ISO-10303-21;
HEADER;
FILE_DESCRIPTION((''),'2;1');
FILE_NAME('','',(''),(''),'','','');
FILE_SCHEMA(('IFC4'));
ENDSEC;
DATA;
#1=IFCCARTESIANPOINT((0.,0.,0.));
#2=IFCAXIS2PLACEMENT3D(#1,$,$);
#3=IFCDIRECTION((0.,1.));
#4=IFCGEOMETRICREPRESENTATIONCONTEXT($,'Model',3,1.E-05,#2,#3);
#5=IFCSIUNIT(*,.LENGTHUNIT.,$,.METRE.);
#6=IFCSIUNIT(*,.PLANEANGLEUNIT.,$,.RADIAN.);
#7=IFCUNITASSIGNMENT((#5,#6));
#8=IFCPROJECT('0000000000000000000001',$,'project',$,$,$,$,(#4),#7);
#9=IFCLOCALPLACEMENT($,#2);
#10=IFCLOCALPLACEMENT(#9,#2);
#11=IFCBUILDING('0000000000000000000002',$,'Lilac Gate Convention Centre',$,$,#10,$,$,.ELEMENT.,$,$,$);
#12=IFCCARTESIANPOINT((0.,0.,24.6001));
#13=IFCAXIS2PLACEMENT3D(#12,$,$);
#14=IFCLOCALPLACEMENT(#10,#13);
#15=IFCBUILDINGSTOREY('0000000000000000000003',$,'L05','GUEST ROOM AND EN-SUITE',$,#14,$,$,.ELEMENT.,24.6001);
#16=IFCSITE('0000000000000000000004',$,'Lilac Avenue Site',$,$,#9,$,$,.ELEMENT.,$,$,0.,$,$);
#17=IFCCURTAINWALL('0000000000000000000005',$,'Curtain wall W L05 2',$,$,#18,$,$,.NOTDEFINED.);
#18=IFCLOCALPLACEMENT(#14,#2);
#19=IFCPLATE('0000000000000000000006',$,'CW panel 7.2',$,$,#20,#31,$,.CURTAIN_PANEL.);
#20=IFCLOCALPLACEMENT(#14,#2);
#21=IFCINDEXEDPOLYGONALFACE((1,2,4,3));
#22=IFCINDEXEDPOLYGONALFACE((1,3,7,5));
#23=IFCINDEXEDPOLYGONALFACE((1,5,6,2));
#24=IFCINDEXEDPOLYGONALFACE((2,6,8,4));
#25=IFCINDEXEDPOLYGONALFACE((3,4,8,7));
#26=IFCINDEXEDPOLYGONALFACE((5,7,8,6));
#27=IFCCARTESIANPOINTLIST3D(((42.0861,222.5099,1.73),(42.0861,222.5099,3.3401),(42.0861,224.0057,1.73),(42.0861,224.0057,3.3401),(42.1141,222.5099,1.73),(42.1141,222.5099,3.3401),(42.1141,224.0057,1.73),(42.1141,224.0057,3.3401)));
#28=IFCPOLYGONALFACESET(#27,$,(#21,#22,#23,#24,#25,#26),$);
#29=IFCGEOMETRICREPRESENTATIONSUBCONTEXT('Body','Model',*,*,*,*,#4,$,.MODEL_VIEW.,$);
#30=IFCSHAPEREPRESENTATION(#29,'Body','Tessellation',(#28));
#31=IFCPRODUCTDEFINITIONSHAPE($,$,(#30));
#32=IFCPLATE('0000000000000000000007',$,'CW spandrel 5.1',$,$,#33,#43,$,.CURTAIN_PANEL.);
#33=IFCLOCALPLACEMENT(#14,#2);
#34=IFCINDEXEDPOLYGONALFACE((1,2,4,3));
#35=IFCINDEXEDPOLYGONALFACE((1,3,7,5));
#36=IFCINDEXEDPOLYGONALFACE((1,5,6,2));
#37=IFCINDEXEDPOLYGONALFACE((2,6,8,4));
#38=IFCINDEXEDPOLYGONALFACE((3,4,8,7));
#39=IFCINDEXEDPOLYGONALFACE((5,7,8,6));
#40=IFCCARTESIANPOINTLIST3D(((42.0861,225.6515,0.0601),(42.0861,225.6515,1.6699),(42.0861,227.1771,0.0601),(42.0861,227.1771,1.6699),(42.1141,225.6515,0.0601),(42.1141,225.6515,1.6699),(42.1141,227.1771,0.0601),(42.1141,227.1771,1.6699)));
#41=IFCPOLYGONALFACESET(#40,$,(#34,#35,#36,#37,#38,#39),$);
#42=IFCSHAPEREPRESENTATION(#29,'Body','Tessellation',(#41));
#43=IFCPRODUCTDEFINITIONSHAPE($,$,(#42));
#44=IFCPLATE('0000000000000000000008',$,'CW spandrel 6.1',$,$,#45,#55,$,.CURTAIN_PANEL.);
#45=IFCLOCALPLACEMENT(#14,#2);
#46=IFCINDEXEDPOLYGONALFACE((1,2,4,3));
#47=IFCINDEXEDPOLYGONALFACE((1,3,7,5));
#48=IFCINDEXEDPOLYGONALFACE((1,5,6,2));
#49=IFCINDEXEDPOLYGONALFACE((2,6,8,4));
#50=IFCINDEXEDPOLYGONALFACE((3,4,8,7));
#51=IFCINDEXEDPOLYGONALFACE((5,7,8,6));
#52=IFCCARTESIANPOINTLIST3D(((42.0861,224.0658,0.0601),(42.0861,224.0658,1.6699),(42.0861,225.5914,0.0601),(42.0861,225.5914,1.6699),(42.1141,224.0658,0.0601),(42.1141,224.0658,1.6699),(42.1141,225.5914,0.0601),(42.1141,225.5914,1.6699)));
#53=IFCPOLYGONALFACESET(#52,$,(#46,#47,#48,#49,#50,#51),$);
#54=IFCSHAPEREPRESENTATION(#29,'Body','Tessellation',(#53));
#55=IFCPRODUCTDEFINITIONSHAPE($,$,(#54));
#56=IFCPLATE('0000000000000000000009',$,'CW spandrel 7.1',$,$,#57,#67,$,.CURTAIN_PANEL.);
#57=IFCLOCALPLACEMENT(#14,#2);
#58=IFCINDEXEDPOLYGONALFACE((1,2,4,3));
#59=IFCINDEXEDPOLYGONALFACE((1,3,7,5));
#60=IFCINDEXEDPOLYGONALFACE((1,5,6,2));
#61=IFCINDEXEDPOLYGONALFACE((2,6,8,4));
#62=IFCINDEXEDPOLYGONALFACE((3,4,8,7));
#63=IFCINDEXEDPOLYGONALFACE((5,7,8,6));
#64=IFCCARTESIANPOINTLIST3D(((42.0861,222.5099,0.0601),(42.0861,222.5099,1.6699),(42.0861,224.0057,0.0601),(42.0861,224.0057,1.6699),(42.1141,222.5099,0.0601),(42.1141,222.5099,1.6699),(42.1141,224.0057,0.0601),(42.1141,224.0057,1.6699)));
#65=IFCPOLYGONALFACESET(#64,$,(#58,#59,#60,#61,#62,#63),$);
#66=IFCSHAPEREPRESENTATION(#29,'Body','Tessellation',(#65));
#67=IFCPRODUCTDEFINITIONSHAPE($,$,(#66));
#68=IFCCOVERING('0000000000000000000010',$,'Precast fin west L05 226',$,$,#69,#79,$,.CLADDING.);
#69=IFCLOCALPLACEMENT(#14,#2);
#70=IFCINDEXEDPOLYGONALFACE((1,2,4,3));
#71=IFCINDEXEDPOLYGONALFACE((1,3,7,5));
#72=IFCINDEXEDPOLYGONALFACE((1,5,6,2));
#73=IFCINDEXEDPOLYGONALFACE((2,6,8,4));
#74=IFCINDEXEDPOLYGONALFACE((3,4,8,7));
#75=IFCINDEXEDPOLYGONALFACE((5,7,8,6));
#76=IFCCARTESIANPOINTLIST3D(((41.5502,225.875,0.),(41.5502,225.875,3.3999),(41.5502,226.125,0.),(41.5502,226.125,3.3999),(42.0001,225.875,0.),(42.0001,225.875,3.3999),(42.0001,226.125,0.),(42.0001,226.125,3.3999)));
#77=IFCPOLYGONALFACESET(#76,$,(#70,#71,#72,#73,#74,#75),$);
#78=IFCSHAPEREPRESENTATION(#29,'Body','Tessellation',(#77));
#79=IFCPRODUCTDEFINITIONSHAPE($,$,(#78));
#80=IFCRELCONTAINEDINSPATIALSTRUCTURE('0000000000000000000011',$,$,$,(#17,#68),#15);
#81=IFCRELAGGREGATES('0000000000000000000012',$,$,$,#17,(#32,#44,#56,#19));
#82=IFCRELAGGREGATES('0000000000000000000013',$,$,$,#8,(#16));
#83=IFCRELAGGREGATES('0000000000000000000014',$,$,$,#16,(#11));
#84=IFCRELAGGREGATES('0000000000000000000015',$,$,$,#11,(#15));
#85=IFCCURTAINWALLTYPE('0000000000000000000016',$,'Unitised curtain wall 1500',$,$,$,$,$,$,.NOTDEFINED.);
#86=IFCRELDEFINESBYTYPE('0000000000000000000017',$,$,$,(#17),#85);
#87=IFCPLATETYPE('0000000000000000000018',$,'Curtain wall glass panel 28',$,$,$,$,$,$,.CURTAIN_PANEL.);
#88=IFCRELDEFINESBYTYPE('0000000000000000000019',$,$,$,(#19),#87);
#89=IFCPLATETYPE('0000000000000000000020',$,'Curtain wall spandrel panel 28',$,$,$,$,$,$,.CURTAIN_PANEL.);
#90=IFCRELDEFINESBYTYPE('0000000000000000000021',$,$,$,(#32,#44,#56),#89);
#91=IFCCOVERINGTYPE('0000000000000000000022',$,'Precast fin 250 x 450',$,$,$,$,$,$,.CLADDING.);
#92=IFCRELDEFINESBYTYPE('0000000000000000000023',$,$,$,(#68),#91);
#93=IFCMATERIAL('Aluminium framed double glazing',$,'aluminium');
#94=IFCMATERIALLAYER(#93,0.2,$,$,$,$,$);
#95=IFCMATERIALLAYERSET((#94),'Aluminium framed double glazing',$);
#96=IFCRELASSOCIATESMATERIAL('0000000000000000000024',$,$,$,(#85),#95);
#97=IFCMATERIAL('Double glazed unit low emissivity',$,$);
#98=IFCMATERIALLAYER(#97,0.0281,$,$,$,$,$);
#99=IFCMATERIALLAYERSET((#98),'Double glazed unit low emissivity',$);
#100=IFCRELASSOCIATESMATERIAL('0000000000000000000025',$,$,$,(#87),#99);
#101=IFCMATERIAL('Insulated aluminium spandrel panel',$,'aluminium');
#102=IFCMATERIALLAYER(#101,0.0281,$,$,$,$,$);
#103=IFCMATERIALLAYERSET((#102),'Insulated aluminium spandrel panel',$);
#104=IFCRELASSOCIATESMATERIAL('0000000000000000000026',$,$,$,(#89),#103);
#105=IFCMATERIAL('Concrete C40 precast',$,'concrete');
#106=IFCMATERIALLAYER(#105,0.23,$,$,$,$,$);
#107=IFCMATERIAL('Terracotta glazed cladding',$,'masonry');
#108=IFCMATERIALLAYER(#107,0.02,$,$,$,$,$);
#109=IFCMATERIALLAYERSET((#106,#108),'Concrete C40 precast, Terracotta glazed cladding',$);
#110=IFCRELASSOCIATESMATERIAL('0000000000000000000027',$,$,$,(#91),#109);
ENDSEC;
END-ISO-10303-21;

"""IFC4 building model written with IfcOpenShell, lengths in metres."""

from ifc_helpers import new_model, si_unit, direction, frame, frame_2d, origin, origin_2d, place, context, subcontext, project, spatial, rectangle, extrude, material, layer, layer_set, type_object, element, aggregate, save


model = new_model("IFC4")

# Units and contexts
model_context = context("Model", 3, precision=1e-05, world=origin(), true_north=direction((0.0, 1.0)))
body_context = subcontext(model_context, "Body", "Model", "MODEL_VIEW")
ifc_project = project(units=[si_unit("LENGTHUNIT", "METRE"), si_unit("PLANEANGLEUNIT", "RADIAN")], contexts=[model_context])

# Site, building, storey
site_placement = place(None, origin())
site = spatial("IfcSite", under=ifc_project, at=site_placement, Name="Lilac Avenue Site", CompositionType="ELEMENT", RefElevation=0.0)
building_placement = place(site_placement, origin())
building = spatial("IfcBuilding", under=site, at=building_placement, Name="Lilac Gate Convention Centre", CompositionType="ELEMENT")
storey_placement = place(building_placement, frame((0.0, 0.0, 24.6001)))
storey = spatial("IfcBuildingStorey", under=building, at=storey_placement, Name="L05", Description="GUEST ROOM AND EN-SUITE", CompositionType="ELEMENT", Elevation=24.6001)

# Curtain wall, plates
ifc_material_1 = material(Name="Aluminium framed double glazing", Category="aluminium")
ifc_layer_1 = layer(ifc_material_1, 0.2)
ifc_layer_set_1 = layer_set([ifc_layer_1], Name="Aluminium framed double glazing")
curtain_wall_type = type_object("IfcCurtainWallType", Name="Unitised curtain wall 1500", PredefinedType="NOTDEFINED", material=ifc_layer_set_1)
curtain_wall_placement = place(storey_placement, origin())
curtain_wall = element("IfcCurtainWall", 1, at=curtain_wall_placement, inside=storey, type_object=curtain_wall_type, Name="Curtain wall W L05 2", PredefinedType="NOTDEFINED")
ifc_material_2 = material(Name="Double glazed unit low emissivity")
ifc_layer_2 = layer(ifc_material_2, 0.0281)
ifc_layer_set_2 = layer_set([ifc_layer_2], Name="Double glazed unit low emissivity")
plate_type_1 = type_object("IfcPlateType", Name="Curtain wall glass panel 28", PredefinedType="CURTAIN_PANEL", material=ifc_layer_set_2)
plate_1_placement = place(storey_placement, frame((42.1001, 223.2578, 1.73), z_axis=(0.0, 0.0, 1.0), x_axis=(0.0, -1.0, 0.0)))
plate_1 = element("IfcPlate", 2, at=plate_1_placement, type_object=plate_type_1, Name="CW panel 7.2", PredefinedType="CURTAIN_PANEL", context=body_context, shape_type="SweptSolid", body=[
    extrude(rectangle(XDim=1.4958, YDim=0.0281, at=origin_2d()), origin(), (0.0, 0.0, 1.0), 1.6101),
])
ifc_material_3 = material(Name="Insulated aluminium spandrel panel", Category="aluminium")
ifc_layer_3 = layer(ifc_material_3, 0.0281)
ifc_layer_set_3 = layer_set([ifc_layer_3], Name="Insulated aluminium spandrel panel")
plate_type_2 = type_object("IfcPlateType", Name="Curtain wall spandrel panel 28", PredefinedType="CURTAIN_PANEL", material=ifc_layer_set_3)
plate_2_placement = place(storey_placement, frame((42.1001, 226.4143, 0.0601), z_axis=(0.0, 0.0, 1.0), x_axis=(0.0, -1.0, 0.0)))
plate_2 = element("IfcPlate", 3, at=plate_2_placement, type_object=plate_type_2, Name="CW spandrel 5.1", PredefinedType="CURTAIN_PANEL", context=body_context, shape_type="SweptSolid", body=[
    extrude(rectangle(XDim=1.5256, YDim=0.0281, at=origin_2d()), origin(), (0.0, 0.0, 1.0), 1.6099),
])
plate_3_placement = place(storey_placement, frame((42.1001, 224.8286, 0.0601), z_axis=(0.0, 0.0, 1.0), x_axis=(0.0, -1.0, 0.0)))
plate_3 = element("IfcPlate", 4, at=plate_3_placement, type_object=plate_type_2, Name="CW spandrel 6.1", PredefinedType="CURTAIN_PANEL", context=body_context, shape_type="SweptSolid", body=[
    extrude(rectangle(XDim=1.5256, YDim=0.0281, at=origin_2d()), origin(), (0.0, 0.0, 1.0), 1.6099),
])
plate_4_placement = place(storey_placement, frame((42.1001, 223.2578, 0.0601), z_axis=(0.0, 0.0, 1.0), x_axis=(0.0, -1.0, 0.0)))
plate_4 = element("IfcPlate", 5, at=plate_4_placement, type_object=plate_type_2, Name="CW spandrel 7.1", PredefinedType="CURTAIN_PANEL", context=body_context, shape_type="SweptSolid", body=[
    extrude(rectangle(XDim=1.4958, YDim=0.0281, at=origin_2d()), origin(), (0.0, 0.0, 1.0), 1.6099),
])
aggregate(curtain_wall, [plate_2, plate_3, plate_4, plate_1])

# Covering
ifc_material_4 = material(Name="Concrete C40 precast", Category="concrete")
ifc_layer_4 = layer(ifc_material_4, 0.23)
ifc_material_5 = material(Name="Terracotta glazed cladding", Category="masonry")
ifc_layer_5 = layer(ifc_material_5, 0.02)
ifc_layer_set_4 = layer_set([ifc_layer_4, ifc_layer_5], Name="Concrete C40 precast, Terracotta glazed cladding")
covering_type = type_object("IfcCoveringType", Name="Precast fin 250 x 450", PredefinedType="CLADDING", material=ifc_layer_set_4)
covering_placement = place(storey_placement, frame((41.55, 226.0, 0.0), z_axis=(0.0, 0.0, 1.0), x_axis=(1.0, 0.0, 0.0)))
element("IfcCovering", 6, at=covering_placement, inside=storey, type_object=covering_type, Name="Precast fin west L05 226", PredefinedType="CLADDING", context=body_context, shape_type="SweptSolid", body=[
    extrude(rectangle(XDim=0.45, YDim=0.25, at=frame_2d((0.2251, 0.0))), origin(), (0.0, 0.0, 1.0), 3.3999),
])

save(model, "model.ifc")
